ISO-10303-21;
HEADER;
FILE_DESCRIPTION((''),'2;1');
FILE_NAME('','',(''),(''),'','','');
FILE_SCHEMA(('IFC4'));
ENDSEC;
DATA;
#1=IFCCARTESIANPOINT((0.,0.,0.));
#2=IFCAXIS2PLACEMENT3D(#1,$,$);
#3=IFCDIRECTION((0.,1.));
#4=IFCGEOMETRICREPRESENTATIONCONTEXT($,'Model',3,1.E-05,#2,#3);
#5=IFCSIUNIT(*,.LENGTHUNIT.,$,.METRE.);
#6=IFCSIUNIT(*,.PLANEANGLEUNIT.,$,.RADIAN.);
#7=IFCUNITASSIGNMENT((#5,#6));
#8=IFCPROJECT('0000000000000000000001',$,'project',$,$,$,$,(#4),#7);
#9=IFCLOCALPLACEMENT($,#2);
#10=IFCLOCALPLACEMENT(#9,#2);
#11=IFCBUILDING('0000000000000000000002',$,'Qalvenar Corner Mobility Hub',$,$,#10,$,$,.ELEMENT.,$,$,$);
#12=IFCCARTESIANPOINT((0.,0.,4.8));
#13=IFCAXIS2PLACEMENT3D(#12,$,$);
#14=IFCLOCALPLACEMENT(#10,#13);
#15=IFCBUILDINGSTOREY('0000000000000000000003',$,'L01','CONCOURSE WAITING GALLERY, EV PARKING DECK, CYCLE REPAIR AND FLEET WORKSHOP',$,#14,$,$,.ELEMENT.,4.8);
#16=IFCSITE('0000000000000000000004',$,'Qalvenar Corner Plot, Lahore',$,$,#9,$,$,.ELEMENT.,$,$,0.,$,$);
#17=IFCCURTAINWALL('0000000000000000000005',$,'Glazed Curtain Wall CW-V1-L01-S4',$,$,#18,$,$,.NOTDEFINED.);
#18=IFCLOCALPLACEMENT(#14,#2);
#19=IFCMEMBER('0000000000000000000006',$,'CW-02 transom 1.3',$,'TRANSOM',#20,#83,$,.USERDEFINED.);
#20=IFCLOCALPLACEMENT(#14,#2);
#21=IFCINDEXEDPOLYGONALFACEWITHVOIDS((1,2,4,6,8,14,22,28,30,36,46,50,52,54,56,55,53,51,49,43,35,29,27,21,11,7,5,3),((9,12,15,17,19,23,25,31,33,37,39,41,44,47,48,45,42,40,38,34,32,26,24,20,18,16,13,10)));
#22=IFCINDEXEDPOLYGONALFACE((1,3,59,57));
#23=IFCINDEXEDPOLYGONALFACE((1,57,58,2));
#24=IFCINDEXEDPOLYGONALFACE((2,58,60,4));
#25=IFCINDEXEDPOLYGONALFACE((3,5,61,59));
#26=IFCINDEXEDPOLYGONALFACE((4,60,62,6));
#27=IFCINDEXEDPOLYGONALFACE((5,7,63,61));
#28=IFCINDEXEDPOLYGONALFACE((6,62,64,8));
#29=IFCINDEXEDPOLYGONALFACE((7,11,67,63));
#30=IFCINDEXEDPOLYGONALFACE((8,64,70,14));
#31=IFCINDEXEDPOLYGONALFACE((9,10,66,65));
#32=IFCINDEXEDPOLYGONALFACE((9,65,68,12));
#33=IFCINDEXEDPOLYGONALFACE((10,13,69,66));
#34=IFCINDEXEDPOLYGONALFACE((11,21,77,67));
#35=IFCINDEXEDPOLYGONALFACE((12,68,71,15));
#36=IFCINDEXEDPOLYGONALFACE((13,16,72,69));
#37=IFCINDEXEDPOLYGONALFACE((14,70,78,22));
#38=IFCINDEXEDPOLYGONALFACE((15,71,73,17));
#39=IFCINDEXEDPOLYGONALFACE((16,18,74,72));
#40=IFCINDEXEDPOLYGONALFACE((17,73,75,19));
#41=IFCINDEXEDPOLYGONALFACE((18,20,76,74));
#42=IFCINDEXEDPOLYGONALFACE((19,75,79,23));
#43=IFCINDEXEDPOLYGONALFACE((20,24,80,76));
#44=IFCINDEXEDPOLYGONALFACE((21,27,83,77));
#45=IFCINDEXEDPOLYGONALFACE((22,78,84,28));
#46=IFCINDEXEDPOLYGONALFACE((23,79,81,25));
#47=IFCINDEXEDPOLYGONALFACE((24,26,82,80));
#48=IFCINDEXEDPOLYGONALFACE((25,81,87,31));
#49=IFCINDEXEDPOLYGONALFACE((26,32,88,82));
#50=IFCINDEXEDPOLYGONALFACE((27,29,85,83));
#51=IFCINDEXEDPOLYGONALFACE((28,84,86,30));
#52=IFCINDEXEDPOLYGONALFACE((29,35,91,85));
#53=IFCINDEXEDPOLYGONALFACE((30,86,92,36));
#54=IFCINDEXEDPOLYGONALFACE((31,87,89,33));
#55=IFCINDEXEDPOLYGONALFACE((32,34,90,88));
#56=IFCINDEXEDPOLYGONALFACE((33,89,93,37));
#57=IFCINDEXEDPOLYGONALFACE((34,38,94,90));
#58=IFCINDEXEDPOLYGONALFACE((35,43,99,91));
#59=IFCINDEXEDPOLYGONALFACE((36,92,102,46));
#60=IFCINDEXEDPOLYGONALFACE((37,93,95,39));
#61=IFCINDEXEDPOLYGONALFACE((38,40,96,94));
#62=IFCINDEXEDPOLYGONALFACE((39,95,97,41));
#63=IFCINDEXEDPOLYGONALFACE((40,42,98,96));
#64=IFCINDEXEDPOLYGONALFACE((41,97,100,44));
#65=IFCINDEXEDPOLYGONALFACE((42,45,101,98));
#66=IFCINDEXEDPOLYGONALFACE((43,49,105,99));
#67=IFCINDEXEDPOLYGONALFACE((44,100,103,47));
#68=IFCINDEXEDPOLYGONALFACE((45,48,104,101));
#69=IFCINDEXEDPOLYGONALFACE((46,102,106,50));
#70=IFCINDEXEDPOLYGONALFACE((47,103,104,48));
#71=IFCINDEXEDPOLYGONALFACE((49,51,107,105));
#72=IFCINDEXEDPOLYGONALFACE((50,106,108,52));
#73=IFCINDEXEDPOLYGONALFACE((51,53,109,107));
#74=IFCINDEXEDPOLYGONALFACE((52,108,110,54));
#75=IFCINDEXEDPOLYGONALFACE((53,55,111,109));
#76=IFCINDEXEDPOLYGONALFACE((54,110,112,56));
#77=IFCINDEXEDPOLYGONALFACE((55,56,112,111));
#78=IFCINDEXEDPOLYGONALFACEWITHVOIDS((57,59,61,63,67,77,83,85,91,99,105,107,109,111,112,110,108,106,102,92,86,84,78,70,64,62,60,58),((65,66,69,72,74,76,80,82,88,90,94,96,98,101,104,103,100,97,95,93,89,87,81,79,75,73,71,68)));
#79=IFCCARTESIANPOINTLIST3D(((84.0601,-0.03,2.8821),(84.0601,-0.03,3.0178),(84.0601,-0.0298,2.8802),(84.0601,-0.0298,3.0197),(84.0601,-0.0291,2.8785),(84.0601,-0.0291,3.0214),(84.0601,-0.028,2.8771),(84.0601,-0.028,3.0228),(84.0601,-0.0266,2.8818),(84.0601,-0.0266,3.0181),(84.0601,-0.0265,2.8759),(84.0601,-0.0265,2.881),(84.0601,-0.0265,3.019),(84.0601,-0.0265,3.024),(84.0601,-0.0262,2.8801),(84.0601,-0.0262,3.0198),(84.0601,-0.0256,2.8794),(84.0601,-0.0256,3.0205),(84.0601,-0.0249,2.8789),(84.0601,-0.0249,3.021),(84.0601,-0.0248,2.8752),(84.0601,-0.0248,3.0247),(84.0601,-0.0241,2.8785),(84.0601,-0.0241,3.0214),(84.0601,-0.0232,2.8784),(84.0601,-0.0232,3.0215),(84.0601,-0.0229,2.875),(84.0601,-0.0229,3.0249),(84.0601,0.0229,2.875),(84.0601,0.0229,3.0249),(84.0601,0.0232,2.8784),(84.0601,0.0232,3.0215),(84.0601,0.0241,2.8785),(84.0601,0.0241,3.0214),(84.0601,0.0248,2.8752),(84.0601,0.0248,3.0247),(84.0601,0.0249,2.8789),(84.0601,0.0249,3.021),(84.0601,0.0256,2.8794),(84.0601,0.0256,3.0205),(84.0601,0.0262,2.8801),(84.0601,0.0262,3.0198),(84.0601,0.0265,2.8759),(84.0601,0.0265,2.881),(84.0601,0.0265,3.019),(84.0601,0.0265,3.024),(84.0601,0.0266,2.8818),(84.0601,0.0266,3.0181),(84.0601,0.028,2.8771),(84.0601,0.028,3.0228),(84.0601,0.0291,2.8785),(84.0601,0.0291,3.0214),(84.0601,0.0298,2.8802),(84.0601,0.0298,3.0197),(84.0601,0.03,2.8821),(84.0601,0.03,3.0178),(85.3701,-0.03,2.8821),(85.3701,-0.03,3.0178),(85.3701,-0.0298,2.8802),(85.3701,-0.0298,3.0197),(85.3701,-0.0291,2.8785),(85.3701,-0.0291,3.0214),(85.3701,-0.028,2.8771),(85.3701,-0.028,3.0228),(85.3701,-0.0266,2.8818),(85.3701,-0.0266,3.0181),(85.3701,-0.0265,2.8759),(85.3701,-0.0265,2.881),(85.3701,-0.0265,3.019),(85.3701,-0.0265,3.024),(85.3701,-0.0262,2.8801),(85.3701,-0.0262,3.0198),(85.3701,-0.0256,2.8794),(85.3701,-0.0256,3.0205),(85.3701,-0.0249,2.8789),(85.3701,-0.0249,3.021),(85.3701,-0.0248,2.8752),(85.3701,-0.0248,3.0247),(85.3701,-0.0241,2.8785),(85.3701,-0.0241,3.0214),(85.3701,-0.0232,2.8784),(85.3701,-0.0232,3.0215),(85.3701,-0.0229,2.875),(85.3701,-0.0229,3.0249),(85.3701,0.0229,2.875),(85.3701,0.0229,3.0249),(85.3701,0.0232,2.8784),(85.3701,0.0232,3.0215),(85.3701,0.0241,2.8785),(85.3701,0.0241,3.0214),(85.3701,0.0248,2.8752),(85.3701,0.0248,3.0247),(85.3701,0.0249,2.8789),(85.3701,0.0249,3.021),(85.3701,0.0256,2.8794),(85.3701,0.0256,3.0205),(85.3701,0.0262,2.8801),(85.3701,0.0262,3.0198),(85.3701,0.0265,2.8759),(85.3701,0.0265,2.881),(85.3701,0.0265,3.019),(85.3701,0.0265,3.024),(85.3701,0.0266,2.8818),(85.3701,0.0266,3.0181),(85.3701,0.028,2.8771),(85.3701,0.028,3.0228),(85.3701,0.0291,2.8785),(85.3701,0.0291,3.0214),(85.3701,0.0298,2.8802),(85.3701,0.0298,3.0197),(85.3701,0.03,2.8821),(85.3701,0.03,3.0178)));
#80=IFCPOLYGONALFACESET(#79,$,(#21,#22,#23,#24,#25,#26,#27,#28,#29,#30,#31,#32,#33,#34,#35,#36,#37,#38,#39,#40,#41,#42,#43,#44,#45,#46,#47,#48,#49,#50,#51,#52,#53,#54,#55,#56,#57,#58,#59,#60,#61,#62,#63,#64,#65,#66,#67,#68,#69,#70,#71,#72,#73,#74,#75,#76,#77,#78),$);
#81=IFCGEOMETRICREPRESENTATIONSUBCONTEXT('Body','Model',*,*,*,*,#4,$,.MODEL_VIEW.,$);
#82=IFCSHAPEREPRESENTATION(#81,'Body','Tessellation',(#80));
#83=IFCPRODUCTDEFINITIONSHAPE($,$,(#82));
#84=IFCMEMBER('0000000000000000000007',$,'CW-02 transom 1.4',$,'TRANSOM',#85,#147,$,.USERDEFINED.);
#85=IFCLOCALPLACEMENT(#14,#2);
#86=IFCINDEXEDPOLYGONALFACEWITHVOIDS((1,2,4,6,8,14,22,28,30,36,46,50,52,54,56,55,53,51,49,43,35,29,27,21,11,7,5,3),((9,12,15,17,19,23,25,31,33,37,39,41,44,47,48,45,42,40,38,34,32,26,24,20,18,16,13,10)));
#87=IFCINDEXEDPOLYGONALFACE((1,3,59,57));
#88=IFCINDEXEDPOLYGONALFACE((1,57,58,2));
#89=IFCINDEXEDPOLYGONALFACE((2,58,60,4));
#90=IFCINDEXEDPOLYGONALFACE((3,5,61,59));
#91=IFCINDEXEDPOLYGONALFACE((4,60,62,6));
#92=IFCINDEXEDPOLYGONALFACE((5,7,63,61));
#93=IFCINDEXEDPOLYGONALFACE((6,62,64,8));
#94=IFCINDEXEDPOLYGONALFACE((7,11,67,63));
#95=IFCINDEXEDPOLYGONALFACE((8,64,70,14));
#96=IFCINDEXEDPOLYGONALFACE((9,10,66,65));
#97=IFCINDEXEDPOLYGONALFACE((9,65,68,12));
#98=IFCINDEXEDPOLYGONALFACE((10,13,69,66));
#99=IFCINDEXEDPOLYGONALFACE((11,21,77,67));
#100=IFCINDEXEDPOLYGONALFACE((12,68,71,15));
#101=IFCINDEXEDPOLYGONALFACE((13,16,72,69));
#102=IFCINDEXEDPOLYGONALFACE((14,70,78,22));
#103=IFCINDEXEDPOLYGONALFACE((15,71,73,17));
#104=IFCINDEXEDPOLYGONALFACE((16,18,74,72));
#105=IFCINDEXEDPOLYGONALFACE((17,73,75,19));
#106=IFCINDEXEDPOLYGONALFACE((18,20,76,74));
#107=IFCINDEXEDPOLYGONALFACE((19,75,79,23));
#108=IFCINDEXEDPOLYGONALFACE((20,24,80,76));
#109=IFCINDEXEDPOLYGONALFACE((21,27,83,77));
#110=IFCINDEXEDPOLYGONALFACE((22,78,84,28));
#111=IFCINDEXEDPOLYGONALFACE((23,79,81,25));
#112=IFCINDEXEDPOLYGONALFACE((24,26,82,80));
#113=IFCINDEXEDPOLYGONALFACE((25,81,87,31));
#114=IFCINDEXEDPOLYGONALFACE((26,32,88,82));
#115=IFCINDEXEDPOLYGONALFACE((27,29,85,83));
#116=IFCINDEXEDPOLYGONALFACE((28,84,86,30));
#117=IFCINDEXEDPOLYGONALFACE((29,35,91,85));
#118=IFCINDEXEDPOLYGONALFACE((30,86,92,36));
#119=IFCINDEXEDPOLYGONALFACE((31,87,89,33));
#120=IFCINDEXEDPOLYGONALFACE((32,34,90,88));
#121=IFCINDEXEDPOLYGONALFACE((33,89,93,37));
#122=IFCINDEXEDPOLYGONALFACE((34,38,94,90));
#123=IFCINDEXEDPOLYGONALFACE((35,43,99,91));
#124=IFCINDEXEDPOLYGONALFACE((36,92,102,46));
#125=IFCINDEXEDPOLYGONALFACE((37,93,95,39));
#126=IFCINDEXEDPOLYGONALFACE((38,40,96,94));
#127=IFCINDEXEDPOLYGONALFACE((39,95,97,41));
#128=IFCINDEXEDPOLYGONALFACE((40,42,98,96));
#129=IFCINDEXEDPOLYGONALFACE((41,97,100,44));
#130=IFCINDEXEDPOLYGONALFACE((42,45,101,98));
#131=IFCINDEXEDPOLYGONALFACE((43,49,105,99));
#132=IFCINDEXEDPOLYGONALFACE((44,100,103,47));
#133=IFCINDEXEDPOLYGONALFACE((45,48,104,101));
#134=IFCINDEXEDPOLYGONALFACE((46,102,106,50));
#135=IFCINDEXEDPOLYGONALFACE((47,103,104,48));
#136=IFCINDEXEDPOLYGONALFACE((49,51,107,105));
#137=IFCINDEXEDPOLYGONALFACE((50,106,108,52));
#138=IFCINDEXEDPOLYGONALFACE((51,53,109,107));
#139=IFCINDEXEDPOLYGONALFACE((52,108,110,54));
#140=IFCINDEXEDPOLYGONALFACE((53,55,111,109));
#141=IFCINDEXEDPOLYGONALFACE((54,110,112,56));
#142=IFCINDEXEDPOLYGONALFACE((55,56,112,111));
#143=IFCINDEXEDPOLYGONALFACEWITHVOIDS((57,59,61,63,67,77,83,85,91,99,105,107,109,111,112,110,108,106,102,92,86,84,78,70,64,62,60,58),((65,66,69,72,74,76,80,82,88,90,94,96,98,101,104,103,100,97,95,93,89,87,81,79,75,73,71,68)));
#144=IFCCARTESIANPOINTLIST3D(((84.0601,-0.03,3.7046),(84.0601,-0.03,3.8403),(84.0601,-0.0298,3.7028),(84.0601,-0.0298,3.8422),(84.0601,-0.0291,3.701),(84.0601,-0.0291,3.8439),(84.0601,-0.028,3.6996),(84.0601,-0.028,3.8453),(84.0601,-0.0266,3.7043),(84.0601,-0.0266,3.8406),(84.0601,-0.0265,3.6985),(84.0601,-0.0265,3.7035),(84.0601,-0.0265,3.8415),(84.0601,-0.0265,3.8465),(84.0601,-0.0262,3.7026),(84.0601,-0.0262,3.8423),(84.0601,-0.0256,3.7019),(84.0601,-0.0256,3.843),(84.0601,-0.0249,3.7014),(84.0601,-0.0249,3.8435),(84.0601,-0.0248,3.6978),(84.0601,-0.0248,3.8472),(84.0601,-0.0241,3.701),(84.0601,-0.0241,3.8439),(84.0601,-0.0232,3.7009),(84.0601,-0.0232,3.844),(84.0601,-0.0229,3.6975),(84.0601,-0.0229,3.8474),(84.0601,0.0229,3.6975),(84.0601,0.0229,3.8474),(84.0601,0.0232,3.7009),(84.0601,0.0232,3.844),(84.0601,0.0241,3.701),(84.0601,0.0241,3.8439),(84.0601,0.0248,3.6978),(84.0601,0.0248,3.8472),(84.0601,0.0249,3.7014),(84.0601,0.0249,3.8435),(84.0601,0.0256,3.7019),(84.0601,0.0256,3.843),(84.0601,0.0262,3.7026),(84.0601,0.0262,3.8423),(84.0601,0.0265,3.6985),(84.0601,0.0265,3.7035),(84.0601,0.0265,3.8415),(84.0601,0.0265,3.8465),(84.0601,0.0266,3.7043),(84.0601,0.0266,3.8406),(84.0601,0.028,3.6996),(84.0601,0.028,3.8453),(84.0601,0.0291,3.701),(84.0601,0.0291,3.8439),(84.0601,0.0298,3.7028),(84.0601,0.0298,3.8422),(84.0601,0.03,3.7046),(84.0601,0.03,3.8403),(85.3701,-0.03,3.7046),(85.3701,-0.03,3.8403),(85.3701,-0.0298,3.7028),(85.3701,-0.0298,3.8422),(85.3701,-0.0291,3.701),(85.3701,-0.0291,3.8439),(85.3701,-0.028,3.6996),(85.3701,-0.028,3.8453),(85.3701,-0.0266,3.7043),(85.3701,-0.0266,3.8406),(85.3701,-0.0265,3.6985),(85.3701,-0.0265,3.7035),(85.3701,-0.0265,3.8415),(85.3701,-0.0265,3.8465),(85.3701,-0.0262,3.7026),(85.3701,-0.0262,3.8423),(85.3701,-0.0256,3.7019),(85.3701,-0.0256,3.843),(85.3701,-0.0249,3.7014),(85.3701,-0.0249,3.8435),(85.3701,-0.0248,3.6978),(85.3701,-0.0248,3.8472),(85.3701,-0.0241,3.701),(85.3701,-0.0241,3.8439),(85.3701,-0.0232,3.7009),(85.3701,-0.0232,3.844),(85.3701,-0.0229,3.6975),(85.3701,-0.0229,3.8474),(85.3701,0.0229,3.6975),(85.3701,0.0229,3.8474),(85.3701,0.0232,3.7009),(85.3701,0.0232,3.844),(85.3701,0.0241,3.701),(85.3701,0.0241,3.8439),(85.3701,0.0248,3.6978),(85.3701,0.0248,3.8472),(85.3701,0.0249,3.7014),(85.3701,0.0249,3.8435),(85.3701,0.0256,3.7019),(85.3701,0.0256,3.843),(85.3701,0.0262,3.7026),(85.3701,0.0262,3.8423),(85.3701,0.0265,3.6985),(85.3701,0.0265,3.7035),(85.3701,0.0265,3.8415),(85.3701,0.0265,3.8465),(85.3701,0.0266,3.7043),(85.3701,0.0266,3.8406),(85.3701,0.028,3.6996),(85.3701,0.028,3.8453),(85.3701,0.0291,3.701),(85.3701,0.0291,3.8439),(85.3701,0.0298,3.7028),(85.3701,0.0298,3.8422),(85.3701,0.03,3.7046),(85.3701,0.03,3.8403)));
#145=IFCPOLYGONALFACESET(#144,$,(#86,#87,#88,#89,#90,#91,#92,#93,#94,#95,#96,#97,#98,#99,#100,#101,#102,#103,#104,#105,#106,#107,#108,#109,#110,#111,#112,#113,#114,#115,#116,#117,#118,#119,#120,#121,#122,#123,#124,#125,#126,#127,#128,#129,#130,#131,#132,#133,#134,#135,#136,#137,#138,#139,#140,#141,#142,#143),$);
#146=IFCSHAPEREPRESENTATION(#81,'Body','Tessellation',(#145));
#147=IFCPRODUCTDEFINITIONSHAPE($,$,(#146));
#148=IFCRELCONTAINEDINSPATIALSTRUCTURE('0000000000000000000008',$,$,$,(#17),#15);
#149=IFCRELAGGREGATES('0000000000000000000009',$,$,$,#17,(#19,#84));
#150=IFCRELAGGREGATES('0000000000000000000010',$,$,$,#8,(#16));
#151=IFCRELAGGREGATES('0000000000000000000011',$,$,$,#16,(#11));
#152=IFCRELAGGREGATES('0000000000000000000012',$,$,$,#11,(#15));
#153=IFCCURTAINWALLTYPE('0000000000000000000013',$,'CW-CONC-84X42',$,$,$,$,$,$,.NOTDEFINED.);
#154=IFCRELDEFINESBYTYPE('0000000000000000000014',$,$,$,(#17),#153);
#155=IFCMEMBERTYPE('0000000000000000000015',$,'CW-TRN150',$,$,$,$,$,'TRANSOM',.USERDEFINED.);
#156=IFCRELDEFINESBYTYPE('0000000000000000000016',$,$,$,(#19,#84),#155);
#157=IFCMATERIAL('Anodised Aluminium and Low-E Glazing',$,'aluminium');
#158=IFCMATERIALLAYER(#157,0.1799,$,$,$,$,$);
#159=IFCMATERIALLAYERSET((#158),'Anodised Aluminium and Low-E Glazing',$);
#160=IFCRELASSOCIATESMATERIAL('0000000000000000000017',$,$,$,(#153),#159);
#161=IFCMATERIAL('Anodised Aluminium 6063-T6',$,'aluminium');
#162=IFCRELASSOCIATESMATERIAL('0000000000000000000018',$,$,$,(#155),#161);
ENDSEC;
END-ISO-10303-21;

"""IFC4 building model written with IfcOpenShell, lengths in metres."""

from ifc_helpers import new_model, si_unit, direction, frame, origin, origin_2d, place, context, subcontext, project, spatial, hollow_rectangle, extrude, material, layer, layer_set, material_profile, profile_set, type_object, element, aggregate, save


model = new_model("IFC4")

# Units and contexts
model_context = context("Model", 3, precision=1e-05, world=origin(), true_north=direction((0.0, 1.0)))
body_context = subcontext(model_context, "Body", "Model", "MODEL_VIEW")
ifc_project = project(units=[si_unit("LENGTHUNIT", "METRE"), si_unit("PLANEANGLEUNIT", "RADIAN")], contexts=[model_context])

# Site, building, storey
site_placement = place(None, origin())
site = spatial("IfcSite", under=ifc_project, at=site_placement, Name="Qalvenar Corner Plot, Lahore", CompositionType="ELEMENT", RefElevation=0.0)
building_placement = place(site_placement, origin())
building = spatial("IfcBuilding", under=site, at=building_placement, Name="Qalvenar Corner Mobility Hub", CompositionType="ELEMENT")
storey_placement = place(building_placement, frame((0.0, 0.0, 4.8)))
storey = spatial("IfcBuildingStorey", under=building, at=storey_placement, Name="L01", Description="CONCOURSE WAITING GALLERY, EV PARKING DECK, CYCLE REPAIR AND FLEET WORKSHOP", CompositionType="ELEMENT", Elevation=4.8)

# Curtain wall
ifc_material_1 = material(Name="Anodised Aluminium and Low-E Glazing", Category="aluminium")
ifc_layer_1 = layer(ifc_material_1, 0.1799)
ifc_layer_set_1 = layer_set([ifc_layer_1], Name="Anodised Aluminium and Low-E Glazing")
curtain_wall_type = type_object("IfcCurtainWallType", Name="CW-CONC-84X42", PredefinedType="NOTDEFINED", material=ifc_layer_set_1)
ifc_material_2 = material(Name="Anodised Aluminium 6063-T6", Category="aluminium")
curtain_wall_1_placement = place(storey_placement, origin())
curtain_wall_1 = element("IfcCurtainWall", 1, at=curtain_wall_1_placement, inside=storey, type_object=curtain_wall_type, Name="Glazed Curtain Wall CW-V1-L01-S4", PredefinedType="NOTDEFINED")

# Members
ifc_material_profile_1 = material_profile(ifc_material_2, hollow_rectangle(XDim=0.0601, YDim=0.1499, WallThickness=0.0034, InnerFilletRadius=0.0034, OuterFilletRadius=0.0071, at=origin_2d()), Name="RHS150x60x3.5")
ifc_profile_set_1 = profile_set([ifc_material_profile_1], Name="Anodised Aluminium 6063-T6")
member_type_1 = type_object("IfcMemberType", Name="CW-TRN150", ElementType="TRANSOM", PredefinedType="USERDEFINED", material=ifc_profile_set_1)
member_1_placement = place(storey_placement, frame((84.0601, 0.0, 2.95), z_axis=(1.0, 0.0, 0.0), x_axis=(0.0, 1.0, 0.0)))
member_1 = element("IfcMember", 2, at=member_1_placement, type_object=member_type_1, Name="CW-02 transom 1.3", ObjectType="TRANSOM", PredefinedType="USERDEFINED", context=body_context, shape_type="SweptSolid", body=[
    extrude(hollow_rectangle(XDim=0.0601, YDim=0.1499, WallThickness=0.0034, InnerFilletRadius=0.0034, OuterFilletRadius=0.0071, at=origin_2d()), origin(), (0.0, 0.0, 1.0), 1.3101),
])
member_2_placement = place(storey_placement, frame((84.0601, 0.0, 3.7725), z_axis=(1.0, 0.0, 0.0), x_axis=(0.0, 1.0, 0.0)))
member_2 = element("IfcMember", 3, at=member_2_placement, type_object=member_type_1, Name="CW-02 transom 1.4", ObjectType="TRANSOM", PredefinedType="USERDEFINED", context=body_context, shape_type="SweptSolid", body=[
    extrude(hollow_rectangle(XDim=0.0601, YDim=0.1499, WallThickness=0.0034, InnerFilletRadius=0.0034, OuterFilletRadius=0.0071, at=origin_2d()), origin(), (0.0, 0.0, 1.0), 1.3101),
])

aggregate(curtain_wall_1, [member_1, member_2])

save(model, "model.ifc")
